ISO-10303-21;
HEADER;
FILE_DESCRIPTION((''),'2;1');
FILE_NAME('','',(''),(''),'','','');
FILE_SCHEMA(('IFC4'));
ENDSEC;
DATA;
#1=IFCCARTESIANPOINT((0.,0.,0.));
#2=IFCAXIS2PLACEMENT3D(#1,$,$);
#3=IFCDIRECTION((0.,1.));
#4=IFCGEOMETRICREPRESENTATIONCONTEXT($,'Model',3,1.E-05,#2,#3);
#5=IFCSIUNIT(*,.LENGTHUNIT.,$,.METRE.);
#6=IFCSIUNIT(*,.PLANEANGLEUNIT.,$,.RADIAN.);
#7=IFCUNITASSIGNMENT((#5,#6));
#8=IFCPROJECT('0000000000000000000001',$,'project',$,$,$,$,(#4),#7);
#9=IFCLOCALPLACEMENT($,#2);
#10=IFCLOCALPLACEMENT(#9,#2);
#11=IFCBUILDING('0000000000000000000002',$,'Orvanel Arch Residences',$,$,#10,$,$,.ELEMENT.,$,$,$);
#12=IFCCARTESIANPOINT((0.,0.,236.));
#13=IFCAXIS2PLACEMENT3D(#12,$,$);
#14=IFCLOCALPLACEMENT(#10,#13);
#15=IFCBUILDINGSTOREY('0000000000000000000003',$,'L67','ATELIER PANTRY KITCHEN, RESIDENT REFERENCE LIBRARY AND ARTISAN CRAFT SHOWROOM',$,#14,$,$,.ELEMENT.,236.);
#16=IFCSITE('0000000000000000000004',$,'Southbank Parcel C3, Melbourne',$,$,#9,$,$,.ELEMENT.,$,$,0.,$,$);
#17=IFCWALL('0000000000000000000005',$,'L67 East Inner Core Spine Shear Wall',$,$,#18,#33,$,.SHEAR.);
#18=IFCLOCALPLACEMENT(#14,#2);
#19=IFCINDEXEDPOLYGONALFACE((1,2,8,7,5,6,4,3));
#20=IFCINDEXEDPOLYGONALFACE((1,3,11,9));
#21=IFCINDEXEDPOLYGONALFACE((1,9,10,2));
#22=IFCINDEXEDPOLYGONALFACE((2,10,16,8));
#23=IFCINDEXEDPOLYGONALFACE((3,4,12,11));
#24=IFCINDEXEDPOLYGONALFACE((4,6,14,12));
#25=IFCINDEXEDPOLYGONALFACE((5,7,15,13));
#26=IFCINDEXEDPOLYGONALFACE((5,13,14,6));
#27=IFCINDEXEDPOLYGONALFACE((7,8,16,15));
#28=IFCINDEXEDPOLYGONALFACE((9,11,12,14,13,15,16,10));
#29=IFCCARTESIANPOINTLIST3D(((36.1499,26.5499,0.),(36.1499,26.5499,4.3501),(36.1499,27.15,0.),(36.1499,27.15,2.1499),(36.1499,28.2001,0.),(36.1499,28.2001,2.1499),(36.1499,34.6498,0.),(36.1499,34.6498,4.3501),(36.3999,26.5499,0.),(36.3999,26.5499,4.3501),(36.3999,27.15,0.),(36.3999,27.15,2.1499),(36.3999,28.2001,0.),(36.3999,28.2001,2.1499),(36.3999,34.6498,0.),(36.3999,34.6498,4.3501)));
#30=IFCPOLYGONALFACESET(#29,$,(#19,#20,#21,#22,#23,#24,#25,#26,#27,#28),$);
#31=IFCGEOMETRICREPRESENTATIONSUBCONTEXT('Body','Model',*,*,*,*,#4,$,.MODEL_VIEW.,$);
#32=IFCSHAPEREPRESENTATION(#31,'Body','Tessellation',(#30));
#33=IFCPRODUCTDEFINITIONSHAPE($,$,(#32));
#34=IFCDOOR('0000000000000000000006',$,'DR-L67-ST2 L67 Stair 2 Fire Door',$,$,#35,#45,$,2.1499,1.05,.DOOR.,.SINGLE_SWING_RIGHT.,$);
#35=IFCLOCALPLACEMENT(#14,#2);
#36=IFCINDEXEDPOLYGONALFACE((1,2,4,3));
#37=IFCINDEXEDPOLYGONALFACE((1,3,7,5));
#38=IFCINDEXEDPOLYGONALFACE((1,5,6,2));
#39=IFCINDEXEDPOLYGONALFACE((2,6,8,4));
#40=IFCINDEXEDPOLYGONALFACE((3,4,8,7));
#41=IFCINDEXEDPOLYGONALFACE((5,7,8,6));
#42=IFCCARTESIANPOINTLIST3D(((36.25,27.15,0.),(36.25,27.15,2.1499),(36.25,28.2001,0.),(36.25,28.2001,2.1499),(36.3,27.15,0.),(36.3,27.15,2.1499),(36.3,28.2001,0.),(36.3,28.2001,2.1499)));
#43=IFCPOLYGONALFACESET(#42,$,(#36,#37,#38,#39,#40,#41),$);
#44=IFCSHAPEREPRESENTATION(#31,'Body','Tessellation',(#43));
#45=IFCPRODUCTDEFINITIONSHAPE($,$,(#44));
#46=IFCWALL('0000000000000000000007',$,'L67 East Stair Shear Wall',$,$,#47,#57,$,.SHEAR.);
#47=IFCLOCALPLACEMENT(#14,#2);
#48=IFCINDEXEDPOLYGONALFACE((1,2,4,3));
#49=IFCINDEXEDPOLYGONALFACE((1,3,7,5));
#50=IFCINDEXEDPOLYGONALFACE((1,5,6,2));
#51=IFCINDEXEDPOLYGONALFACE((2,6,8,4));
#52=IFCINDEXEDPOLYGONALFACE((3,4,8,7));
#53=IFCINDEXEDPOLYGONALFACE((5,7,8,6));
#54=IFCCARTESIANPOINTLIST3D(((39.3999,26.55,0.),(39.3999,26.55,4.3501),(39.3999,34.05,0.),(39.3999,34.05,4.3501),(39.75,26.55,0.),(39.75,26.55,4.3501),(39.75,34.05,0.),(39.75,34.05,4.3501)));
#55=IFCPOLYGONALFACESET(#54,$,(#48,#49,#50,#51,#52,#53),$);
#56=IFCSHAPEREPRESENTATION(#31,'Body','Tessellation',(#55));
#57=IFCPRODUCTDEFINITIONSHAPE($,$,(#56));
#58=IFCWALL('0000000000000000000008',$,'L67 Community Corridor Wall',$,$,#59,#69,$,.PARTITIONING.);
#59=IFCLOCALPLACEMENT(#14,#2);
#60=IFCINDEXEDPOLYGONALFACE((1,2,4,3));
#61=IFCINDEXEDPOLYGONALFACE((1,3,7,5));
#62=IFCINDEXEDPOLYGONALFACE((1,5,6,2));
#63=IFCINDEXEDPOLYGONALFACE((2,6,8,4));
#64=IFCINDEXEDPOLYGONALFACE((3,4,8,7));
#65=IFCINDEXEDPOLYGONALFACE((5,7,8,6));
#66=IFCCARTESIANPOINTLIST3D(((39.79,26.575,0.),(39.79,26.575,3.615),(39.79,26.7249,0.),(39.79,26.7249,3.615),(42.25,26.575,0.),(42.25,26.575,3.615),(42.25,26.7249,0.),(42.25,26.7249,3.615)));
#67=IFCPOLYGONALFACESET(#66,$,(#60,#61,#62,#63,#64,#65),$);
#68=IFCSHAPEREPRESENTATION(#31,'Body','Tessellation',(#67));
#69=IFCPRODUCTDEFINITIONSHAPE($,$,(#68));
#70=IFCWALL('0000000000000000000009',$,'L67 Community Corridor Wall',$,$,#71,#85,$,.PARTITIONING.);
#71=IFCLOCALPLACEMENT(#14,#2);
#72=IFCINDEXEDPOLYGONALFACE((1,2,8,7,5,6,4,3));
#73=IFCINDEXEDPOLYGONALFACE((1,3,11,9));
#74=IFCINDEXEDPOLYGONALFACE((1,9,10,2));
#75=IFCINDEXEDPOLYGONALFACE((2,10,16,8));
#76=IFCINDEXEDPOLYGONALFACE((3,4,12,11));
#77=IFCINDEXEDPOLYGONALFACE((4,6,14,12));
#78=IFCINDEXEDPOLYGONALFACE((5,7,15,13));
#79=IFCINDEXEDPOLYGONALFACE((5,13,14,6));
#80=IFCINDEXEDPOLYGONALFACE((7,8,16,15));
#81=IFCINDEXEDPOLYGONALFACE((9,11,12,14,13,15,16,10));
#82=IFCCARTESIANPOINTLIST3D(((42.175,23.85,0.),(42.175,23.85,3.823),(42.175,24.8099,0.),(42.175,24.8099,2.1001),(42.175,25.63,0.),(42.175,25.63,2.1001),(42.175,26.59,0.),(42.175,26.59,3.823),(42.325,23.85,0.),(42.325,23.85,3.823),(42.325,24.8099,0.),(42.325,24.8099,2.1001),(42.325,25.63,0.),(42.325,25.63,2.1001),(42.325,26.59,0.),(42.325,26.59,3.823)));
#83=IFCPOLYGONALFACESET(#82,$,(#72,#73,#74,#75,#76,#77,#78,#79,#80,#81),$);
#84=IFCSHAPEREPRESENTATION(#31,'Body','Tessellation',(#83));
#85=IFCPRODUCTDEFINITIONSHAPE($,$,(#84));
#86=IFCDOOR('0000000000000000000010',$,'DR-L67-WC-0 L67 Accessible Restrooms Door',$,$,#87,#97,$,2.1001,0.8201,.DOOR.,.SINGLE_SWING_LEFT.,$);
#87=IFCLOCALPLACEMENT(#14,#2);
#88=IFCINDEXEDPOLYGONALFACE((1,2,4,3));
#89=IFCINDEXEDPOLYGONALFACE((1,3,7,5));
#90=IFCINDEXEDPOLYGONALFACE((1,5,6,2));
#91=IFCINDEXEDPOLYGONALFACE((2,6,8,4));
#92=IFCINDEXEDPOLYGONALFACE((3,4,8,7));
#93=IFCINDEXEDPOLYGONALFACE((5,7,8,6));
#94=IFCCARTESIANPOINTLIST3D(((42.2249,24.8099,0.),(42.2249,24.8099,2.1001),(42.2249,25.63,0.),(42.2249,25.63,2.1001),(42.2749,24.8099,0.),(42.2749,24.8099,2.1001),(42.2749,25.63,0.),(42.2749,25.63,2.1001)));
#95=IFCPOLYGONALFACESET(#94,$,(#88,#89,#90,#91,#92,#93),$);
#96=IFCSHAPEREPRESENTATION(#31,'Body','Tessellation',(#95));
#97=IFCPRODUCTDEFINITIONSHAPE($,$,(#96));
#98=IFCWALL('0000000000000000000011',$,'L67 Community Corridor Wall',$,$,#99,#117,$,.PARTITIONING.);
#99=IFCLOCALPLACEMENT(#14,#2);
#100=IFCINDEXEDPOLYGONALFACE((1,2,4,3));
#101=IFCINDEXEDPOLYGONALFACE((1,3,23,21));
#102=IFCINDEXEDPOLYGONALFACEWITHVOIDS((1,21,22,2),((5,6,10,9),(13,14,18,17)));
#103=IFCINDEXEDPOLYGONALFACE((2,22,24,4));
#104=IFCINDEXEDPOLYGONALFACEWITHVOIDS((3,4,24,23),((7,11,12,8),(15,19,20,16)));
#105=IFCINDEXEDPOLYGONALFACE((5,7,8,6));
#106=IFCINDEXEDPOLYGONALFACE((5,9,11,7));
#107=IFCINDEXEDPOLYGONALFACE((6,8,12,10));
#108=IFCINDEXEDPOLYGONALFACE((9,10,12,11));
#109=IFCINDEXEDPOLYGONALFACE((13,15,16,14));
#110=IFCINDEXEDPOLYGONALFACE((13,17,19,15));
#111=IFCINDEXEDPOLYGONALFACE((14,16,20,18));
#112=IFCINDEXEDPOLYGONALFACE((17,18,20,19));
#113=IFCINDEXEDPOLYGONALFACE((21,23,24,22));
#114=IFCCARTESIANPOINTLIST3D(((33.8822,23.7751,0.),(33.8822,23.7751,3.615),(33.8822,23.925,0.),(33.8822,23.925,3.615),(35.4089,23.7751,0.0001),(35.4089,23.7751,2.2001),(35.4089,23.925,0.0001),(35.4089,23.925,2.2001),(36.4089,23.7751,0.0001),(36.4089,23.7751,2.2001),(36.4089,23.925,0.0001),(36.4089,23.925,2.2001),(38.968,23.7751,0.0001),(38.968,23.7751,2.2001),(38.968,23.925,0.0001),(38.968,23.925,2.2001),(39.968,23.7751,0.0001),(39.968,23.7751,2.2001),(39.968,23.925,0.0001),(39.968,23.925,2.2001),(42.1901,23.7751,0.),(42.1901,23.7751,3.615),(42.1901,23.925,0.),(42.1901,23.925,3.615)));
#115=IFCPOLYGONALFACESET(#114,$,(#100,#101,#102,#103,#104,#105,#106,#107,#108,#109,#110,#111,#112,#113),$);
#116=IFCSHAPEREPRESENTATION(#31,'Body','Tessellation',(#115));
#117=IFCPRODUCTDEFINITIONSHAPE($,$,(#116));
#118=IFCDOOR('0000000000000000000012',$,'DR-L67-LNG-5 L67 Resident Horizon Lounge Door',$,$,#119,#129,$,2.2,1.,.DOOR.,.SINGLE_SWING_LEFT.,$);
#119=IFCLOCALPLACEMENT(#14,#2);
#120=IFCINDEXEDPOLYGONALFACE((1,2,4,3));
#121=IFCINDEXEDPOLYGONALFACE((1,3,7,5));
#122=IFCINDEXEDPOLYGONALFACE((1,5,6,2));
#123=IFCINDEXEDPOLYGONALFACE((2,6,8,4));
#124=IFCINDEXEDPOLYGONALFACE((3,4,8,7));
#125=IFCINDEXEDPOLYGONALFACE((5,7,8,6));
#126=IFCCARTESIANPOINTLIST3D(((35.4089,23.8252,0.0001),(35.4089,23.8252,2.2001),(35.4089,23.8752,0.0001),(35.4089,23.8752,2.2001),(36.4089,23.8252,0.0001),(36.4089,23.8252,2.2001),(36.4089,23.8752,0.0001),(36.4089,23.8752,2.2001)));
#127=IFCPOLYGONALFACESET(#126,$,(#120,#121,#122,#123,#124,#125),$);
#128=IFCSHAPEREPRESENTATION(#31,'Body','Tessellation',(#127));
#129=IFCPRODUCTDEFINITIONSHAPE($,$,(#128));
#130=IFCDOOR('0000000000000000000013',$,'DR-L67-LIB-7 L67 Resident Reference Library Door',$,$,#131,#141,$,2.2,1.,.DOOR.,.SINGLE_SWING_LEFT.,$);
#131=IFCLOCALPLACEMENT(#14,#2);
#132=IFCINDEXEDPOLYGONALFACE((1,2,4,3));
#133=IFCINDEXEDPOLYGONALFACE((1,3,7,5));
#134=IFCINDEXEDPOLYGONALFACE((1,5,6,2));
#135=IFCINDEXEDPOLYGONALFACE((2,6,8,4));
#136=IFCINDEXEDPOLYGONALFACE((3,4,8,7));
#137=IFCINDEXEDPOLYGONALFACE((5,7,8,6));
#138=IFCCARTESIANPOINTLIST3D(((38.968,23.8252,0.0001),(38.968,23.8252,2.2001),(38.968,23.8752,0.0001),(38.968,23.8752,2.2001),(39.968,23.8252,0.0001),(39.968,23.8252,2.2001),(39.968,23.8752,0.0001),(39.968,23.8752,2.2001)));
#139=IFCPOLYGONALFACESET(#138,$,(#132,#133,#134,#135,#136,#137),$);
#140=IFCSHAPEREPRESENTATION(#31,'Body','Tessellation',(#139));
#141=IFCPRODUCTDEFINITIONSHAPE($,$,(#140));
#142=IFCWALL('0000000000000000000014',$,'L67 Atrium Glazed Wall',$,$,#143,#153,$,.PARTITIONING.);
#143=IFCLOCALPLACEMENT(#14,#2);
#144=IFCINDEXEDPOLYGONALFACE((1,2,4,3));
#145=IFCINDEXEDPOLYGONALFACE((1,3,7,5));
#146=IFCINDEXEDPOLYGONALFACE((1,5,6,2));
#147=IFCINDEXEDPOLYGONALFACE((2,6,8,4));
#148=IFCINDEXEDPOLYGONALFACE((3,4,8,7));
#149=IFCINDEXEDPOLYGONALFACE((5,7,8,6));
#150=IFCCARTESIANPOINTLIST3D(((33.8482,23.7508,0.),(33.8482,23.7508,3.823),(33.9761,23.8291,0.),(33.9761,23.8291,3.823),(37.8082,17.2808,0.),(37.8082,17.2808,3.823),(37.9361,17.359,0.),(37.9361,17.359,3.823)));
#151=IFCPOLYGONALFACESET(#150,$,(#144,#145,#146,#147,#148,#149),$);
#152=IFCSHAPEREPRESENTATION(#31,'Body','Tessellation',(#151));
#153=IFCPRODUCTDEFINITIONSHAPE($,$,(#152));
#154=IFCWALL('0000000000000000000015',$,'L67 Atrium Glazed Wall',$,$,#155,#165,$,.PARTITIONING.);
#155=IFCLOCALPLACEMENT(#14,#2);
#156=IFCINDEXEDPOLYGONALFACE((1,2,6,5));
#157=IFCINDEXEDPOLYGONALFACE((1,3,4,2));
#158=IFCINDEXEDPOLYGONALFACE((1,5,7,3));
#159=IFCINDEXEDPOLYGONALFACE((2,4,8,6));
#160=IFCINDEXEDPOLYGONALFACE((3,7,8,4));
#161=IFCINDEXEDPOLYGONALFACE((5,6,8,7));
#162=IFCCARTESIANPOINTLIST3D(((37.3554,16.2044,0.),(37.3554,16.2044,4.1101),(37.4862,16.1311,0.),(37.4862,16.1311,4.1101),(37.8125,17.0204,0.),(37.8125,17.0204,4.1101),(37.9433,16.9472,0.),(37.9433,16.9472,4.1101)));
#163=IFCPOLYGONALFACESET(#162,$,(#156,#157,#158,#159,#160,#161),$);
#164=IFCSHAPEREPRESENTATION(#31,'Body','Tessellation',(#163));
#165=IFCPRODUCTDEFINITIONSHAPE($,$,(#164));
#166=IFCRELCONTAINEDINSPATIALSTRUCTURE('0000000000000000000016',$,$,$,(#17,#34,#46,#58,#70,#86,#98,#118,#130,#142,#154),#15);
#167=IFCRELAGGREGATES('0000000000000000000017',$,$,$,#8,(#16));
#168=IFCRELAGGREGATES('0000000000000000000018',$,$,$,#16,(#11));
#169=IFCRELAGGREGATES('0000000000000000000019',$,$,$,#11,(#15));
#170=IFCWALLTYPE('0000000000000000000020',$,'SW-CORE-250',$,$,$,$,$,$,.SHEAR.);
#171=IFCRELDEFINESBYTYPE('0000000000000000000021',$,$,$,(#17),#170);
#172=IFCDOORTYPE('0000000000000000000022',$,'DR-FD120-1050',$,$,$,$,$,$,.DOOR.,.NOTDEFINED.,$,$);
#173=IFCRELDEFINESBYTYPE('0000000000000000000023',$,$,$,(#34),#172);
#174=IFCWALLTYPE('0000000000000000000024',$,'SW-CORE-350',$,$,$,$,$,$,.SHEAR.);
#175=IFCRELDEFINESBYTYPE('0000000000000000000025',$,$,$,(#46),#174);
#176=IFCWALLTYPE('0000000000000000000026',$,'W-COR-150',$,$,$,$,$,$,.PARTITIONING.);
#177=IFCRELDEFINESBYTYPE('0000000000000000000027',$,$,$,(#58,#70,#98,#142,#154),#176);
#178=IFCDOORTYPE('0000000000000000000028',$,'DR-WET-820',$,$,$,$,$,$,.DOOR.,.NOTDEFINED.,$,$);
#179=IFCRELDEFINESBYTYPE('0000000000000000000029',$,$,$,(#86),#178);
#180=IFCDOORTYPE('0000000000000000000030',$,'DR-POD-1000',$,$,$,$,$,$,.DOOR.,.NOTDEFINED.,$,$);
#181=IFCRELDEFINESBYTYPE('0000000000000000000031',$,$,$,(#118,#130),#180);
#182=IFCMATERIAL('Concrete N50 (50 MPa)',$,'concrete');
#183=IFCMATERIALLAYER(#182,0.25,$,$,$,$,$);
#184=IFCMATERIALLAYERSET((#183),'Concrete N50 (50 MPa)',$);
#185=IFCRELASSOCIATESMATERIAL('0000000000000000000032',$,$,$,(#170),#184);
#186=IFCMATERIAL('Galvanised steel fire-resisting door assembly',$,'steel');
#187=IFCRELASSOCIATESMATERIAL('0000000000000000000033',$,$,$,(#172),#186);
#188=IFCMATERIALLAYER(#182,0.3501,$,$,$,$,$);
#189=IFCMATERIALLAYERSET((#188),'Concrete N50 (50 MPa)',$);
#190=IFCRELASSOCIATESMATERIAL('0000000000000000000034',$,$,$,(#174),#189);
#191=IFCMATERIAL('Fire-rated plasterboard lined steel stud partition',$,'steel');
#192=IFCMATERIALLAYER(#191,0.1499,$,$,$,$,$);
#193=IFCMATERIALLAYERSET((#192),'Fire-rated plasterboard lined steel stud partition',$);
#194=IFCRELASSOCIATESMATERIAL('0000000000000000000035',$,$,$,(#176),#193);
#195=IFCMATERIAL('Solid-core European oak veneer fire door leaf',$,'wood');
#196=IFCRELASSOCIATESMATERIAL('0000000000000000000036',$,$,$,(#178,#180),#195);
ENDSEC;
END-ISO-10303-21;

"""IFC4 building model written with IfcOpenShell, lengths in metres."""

from ifc_helpers import new_model, si_unit, direction, frame, frame_2d, origin, place, context, subcontext, project, spatial, rectangle, extrude, material, layer, layer_set, type_object, element, fill, save


model = new_model("IFC4")

# Units and contexts
model_context = context("Model", 3, precision=1e-05, world=origin(), true_north=direction((0.0, 1.0)))
body_context = subcontext(model_context, "Body", "Model", "MODEL_VIEW")
ifc_project = project(units=[si_unit("LENGTHUNIT", "METRE"), si_unit("PLANEANGLEUNIT", "RADIAN")], contexts=[model_context])

# Site, building, storey
site_placement = place(None, origin())
site = spatial("IfcSite", under=ifc_project, at=site_placement, Name="Southbank Parcel C3, Melbourne", CompositionType="ELEMENT", RefElevation=0.0)
building_placement = place(site_placement, origin())
building = spatial("IfcBuilding", under=site, at=building_placement, Name="Orvanel Arch Residences", CompositionType="ELEMENT")
storey_placement = place(building_placement, frame((0.0, 0.0, 236.0)))
storey = spatial("IfcBuildingStorey", under=building, at=storey_placement, Name="L67", Description="ATELIER PANTRY KITCHEN, RESIDENT REFERENCE LIBRARY AND ARTISAN CRAFT SHOWROOM", CompositionType="ELEMENT", Elevation=236.0)

# Wall, opening, door
ifc_material_1 = material(Name="Concrete N50 (50 MPa)", Category="concrete")
ifc_layer_1 = layer(ifc_material_1, 0.25)
ifc_layer_set_1 = layer_set([ifc_layer_1], Name="Concrete N50 (50 MPa)")
wall_type_1 = type_object("IfcWallType", Name="SW-CORE-250", PredefinedType="SHEAR", material=ifc_layer_set_1)
wall_1_placement = place(storey_placement, frame((36.2749, 26.55, 0.0), z_axis=(0.0, 0.0, 1.0), x_axis=(0.0, 1.0, 0.0)))
wall_1 = element("IfcWall", 1, at=wall_1_placement, inside=storey, type_object=wall_type_1, Name="L67 East Inner Core Spine Shear Wall", PredefinedType="SHEAR", context=body_context, shape_type="SweptSolid", body=[
    extrude(rectangle(XDim=8.0999, YDim=0.25, at=frame_2d((4.0498, 0.0))), origin(), (0.0, 0.0, 1.0), 4.3501),
])
opening_1_placement = place(wall_1_placement, frame((0.6001, 0.0, 0.0)))
opening_1 = element("IfcOpeningElement", 2, at=opening_1_placement, cuts=wall_1, PredefinedType="OPENING", context=body_context, shape_type="SweptSolid", body=[
    extrude(rectangle(XDim=1.05, YDim=2.1499, at=frame_2d((0.5249, 1.075))), frame((0.0, 0.135, 0.0), z_axis=(0.0, -1.0, 0.0), x_axis=(1.0, 0.0, 0.0)), (0.0, 0.0, 1.0), 0.27),
])
ifc_material_2 = material(Name="Galvanised steel fire-resisting door assembly", Category="steel")
door_type_1 = type_object("IfcDoorType", Name="DR-FD120-1050", OperationType="NOTDEFINED", PredefinedType="DOOR", material=ifc_material_2)
door_1_placement = place(opening_1_placement, origin())
door_1 = element("IfcDoor", 3, at=door_1_placement, inside=storey, type_object=door_type_1, Name="DR-L67-ST2 L67 Stair 2 Fire Door", OperationType="SINGLE_SWING_RIGHT", OverallHeight=2.1499, OverallWidth=1.05, PredefinedType="DOOR", context=body_context, shape_type="SweptSolid", body=[
    extrude(rectangle(XDim=1.05, YDim=2.1499, at=frame_2d((0.5249, 1.075))), frame((0.0, 0.0249, 0.0), z_axis=(0.0, -1.0, 0.0), x_axis=(1.0, 0.0, 0.0)), (0.0, 0.0, 1.0), 0.05),
])
fill(opening_1, door_1)

# Walls
ifc_layer_2 = layer(ifc_material_1, 0.3501)
ifc_layer_set_2 = layer_set([ifc_layer_2], Name="Concrete N50 (50 MPa)")
wall_type_2 = type_object("IfcWallType", Name="SW-CORE-350", PredefinedType="SHEAR", material=ifc_layer_set_2)
wall_2_placement = place(storey_placement, frame((39.575, 26.55, 0.0), z_axis=(0.0, 0.0, 1.0), x_axis=(0.0, 1.0, 0.0)))
element("IfcWall", 4, at=wall_2_placement, inside=storey, type_object=wall_type_2, Name="L67 East Stair Shear Wall", PredefinedType="SHEAR", context=body_context, shape_type="SweptSolid", body=[
    extrude(rectangle(XDim=7.5, YDim=0.3501, at=frame_2d((3.75, 0.0))), origin(), (0.0, 0.0, 1.0), 4.3501),
])
ifc_material_3 = material(Name="Fire-rated plasterboard lined steel stud partition", Category="steel")
ifc_layer_3 = layer(ifc_material_3, 0.1499)
ifc_layer_set_3 = layer_set([ifc_layer_3], Name="Fire-rated plasterboard lined steel stud partition")
wall_type_3 = type_object("IfcWallType", Name="W-COR-150", PredefinedType="PARTITIONING", material=ifc_layer_set_3)
wall_3_placement = place(storey_placement, frame((39.79, 26.6499, 0.0), z_axis=(0.0, 0.0, 1.0), x_axis=(1.0, 0.0, 0.0)))
element("IfcWall", 5, at=wall_3_placement, inside=storey, type_object=wall_type_3, Name="L67 Community Corridor Wall", PredefinedType="PARTITIONING", context=body_context, shape_type="SweptSolid", body=[
    extrude(rectangle(XDim=2.46, YDim=0.1499, at=frame_2d((1.23, 0.0))), origin(), (0.0, 0.0, 1.0), 3.615),
])

# Wall, opening, door
wall_4_placement = place(storey_placement, frame((42.25, 26.5901, 0.0), z_axis=(0.0, 0.0, 1.0), x_axis=(0.0, -1.0, 0.0)))
wall_4 = element("IfcWall", 6, at=wall_4_placement, inside=storey, type_object=wall_type_3, Name="L67 Community Corridor Wall", PredefinedType="PARTITIONING", context=body_context, shape_type="SweptSolid", body=[
    extrude(rectangle(XDim=2.74, YDim=0.1499, at=frame_2d((1.3701, 0.0))), origin(), (0.0, 0.0, 1.0), 3.823),
])
opening_2_placement = place(wall_4_placement, frame((0.96, 0.0, 0.0)))
opening_2 = element("IfcOpeningElement", 7, at=opening_2_placement, cuts=wall_4, PredefinedType="OPENING", context=body_context, shape_type="SweptSolid", body=[
    extrude(rectangle(XDim=0.8201, YDim=2.1001, at=frame_2d((0.4102, 1.05))), frame((0.0, 0.085, 0.0), z_axis=(0.0, -1.0, 0.0), x_axis=(1.0, 0.0, 0.0)), (0.0, 0.0, 1.0), 0.1699),
])
ifc_material_4 = material(Name="Solid-core European oak veneer fire door leaf", Category="wood")
door_type_2 = type_object("IfcDoorType", Name="DR-WET-820", OperationType="NOTDEFINED", PredefinedType="DOOR", material=ifc_material_4)
door_2_placement = place(opening_2_placement, origin())
door_2 = element("IfcDoor", 8, at=door_2_placement, inside=storey, type_object=door_type_2, Name="DR-L67-WC-0 L67 Accessible Restrooms Door", OperationType="SINGLE_SWING_LEFT", OverallHeight=2.1001, OverallWidth=0.8201, PredefinedType="DOOR", context=body_context, shape_type="SweptSolid", body=[
    extrude(rectangle(XDim=0.8201, YDim=2.1001, at=frame_2d((0.4102, 1.05))), frame((0.0, 0.0249, 0.0), z_axis=(0.0, -1.0, 0.0), x_axis=(1.0, 0.0, 0.0)), (0.0, 0.0, 1.0), 0.05),
])
fill(opening_2, door_2)

# Wall, openings, doors
wall_5_placement = place(storey_placement, frame((42.1899, 23.8501, 0.0), z_axis=(0.0, 0.0, 1.0), x_axis=(-1.0, 0.0, 0.0)))
wall_5 = element("IfcWall", 9, at=wall_5_placement, inside=storey, type_object=wall_type_3, Name="L67 Community Corridor Wall", PredefinedType="PARTITIONING", context=body_context, shape_type="SweptSolid", body=[
    extrude(rectangle(XDim=8.3079, YDim=0.1499, at=frame_2d((4.1538, 0.0))), origin(), (0.0, 0.0, 1.0), 3.615),
])
opening_3_placement = place(wall_5_placement, frame((5.781, 0.0, 0.0)))
opening_3 = element("IfcOpeningElement", 10, at=opening_3_placement, cuts=wall_5, PredefinedType="OPENING", context=body_context, shape_type="SweptSolid", body=[
    extrude(rectangle(XDim=1.0, YDim=2.2, at=frame_2d((0.5, 1.1001))), frame((0.0, 0.085, 0.0), z_axis=(0.0, -1.0, 0.0), x_axis=(1.0, 0.0, 0.0)), (0.0, 0.0, 1.0), 0.1699),
])
opening_4_placement = place(wall_5_placement, frame((2.2219, 0.0, 0.0)))
opening_4 = element("IfcOpeningElement", 11, at=opening_4_placement, cuts=wall_5, PredefinedType="OPENING", context=body_context, shape_type="SweptSolid", body=[
    extrude(rectangle(XDim=1.0, YDim=2.2, at=frame_2d((0.5, 1.1001))), frame((0.0, 0.085, 0.0), z_axis=(0.0, -1.0, 0.0), x_axis=(1.0, 0.0, 0.0)), (0.0, 0.0, 1.0), 0.1699),
])
door_type_3 = type_object("IfcDoorType", Name="DR-POD-1000", OperationType="NOTDEFINED", PredefinedType="DOOR", material=ifc_material_4)
door_3_placement = place(opening_3_placement, origin())
door_3 = element("IfcDoor", 12, at=door_3_placement, inside=storey, type_object=door_type_3, Name="DR-L67-LNG-5 L67 Resident Horizon Lounge Door", OperationType="SINGLE_SWING_LEFT", OverallHeight=2.2, OverallWidth=1.0, PredefinedType="DOOR", context=body_context, shape_type="SweptSolid", body=[
    extrude(rectangle(XDim=1.0, YDim=2.2, at=frame_2d((0.5, 1.1001))), frame((0.0, 0.0249, 0.0), z_axis=(0.0, -1.0, 0.0), x_axis=(1.0, 0.0, 0.0)), (0.0, 0.0, 1.0), 0.05),
])
fill(opening_3, door_3)
door_4_placement = place(opening_4_placement, origin())
door_4 = element("IfcDoor", 13, at=door_4_placement, inside=storey, type_object=door_type_3, Name="DR-L67-LIB-7 L67 Resident Reference Library Door", OperationType="SINGLE_SWING_LEFT", OverallHeight=2.2, OverallWidth=1.0, PredefinedType="DOOR", context=body_context, shape_type="SweptSolid", body=[
    extrude(rectangle(XDim=1.0, YDim=2.2, at=frame_2d((0.5, 1.1001))), frame((0.0, 0.0249, 0.0), z_axis=(0.0, -1.0, 0.0), x_axis=(1.0, 0.0, 0.0)), (0.0, 0.0, 1.0), 0.05),
])
fill(opening_4, door_4)

# Walls
wall_6_placement = place(storey_placement, frame((33.9121, 23.79, 0.0), z_axis=(0.0, 0.0, 1.0), x_axis=(0.522034, -0.852924, 0.0)))
element("IfcWall", 14, at=wall_6_placement, inside=storey, type_object=wall_type_3, Name="L67 Atrium Glazed Wall", PredefinedType="PARTITIONING", context=body_context, shape_type="SweptSolid", body=[
    extrude(rectangle(XDim=7.5857, YDim=0.1499, at=frame_2d((3.793, 0.0))), origin(), (0.0, 0.0, 1.0), 3.823),
])
wall_7_placement = place(storey_placement, frame((37.8779, 16.9839, 0.0), z_axis=(0.0, 0.0, 1.0), x_axis=(-0.488699, -0.872453, 0.0)))
element("IfcWall", 15, at=wall_7_placement, inside=storey, type_object=wall_type_3, Name="L67 Atrium Glazed Wall", PredefinedType="PARTITIONING", context=body_context, shape_type="SweptSolid", body=[
    extrude(rectangle(XDim=0.9353, YDim=0.1499, at=frame_2d((0.4678, 0.0))), origin(), (0.0, 0.0, 1.0), 4.1101),
])

save(model, "model.ifc")
